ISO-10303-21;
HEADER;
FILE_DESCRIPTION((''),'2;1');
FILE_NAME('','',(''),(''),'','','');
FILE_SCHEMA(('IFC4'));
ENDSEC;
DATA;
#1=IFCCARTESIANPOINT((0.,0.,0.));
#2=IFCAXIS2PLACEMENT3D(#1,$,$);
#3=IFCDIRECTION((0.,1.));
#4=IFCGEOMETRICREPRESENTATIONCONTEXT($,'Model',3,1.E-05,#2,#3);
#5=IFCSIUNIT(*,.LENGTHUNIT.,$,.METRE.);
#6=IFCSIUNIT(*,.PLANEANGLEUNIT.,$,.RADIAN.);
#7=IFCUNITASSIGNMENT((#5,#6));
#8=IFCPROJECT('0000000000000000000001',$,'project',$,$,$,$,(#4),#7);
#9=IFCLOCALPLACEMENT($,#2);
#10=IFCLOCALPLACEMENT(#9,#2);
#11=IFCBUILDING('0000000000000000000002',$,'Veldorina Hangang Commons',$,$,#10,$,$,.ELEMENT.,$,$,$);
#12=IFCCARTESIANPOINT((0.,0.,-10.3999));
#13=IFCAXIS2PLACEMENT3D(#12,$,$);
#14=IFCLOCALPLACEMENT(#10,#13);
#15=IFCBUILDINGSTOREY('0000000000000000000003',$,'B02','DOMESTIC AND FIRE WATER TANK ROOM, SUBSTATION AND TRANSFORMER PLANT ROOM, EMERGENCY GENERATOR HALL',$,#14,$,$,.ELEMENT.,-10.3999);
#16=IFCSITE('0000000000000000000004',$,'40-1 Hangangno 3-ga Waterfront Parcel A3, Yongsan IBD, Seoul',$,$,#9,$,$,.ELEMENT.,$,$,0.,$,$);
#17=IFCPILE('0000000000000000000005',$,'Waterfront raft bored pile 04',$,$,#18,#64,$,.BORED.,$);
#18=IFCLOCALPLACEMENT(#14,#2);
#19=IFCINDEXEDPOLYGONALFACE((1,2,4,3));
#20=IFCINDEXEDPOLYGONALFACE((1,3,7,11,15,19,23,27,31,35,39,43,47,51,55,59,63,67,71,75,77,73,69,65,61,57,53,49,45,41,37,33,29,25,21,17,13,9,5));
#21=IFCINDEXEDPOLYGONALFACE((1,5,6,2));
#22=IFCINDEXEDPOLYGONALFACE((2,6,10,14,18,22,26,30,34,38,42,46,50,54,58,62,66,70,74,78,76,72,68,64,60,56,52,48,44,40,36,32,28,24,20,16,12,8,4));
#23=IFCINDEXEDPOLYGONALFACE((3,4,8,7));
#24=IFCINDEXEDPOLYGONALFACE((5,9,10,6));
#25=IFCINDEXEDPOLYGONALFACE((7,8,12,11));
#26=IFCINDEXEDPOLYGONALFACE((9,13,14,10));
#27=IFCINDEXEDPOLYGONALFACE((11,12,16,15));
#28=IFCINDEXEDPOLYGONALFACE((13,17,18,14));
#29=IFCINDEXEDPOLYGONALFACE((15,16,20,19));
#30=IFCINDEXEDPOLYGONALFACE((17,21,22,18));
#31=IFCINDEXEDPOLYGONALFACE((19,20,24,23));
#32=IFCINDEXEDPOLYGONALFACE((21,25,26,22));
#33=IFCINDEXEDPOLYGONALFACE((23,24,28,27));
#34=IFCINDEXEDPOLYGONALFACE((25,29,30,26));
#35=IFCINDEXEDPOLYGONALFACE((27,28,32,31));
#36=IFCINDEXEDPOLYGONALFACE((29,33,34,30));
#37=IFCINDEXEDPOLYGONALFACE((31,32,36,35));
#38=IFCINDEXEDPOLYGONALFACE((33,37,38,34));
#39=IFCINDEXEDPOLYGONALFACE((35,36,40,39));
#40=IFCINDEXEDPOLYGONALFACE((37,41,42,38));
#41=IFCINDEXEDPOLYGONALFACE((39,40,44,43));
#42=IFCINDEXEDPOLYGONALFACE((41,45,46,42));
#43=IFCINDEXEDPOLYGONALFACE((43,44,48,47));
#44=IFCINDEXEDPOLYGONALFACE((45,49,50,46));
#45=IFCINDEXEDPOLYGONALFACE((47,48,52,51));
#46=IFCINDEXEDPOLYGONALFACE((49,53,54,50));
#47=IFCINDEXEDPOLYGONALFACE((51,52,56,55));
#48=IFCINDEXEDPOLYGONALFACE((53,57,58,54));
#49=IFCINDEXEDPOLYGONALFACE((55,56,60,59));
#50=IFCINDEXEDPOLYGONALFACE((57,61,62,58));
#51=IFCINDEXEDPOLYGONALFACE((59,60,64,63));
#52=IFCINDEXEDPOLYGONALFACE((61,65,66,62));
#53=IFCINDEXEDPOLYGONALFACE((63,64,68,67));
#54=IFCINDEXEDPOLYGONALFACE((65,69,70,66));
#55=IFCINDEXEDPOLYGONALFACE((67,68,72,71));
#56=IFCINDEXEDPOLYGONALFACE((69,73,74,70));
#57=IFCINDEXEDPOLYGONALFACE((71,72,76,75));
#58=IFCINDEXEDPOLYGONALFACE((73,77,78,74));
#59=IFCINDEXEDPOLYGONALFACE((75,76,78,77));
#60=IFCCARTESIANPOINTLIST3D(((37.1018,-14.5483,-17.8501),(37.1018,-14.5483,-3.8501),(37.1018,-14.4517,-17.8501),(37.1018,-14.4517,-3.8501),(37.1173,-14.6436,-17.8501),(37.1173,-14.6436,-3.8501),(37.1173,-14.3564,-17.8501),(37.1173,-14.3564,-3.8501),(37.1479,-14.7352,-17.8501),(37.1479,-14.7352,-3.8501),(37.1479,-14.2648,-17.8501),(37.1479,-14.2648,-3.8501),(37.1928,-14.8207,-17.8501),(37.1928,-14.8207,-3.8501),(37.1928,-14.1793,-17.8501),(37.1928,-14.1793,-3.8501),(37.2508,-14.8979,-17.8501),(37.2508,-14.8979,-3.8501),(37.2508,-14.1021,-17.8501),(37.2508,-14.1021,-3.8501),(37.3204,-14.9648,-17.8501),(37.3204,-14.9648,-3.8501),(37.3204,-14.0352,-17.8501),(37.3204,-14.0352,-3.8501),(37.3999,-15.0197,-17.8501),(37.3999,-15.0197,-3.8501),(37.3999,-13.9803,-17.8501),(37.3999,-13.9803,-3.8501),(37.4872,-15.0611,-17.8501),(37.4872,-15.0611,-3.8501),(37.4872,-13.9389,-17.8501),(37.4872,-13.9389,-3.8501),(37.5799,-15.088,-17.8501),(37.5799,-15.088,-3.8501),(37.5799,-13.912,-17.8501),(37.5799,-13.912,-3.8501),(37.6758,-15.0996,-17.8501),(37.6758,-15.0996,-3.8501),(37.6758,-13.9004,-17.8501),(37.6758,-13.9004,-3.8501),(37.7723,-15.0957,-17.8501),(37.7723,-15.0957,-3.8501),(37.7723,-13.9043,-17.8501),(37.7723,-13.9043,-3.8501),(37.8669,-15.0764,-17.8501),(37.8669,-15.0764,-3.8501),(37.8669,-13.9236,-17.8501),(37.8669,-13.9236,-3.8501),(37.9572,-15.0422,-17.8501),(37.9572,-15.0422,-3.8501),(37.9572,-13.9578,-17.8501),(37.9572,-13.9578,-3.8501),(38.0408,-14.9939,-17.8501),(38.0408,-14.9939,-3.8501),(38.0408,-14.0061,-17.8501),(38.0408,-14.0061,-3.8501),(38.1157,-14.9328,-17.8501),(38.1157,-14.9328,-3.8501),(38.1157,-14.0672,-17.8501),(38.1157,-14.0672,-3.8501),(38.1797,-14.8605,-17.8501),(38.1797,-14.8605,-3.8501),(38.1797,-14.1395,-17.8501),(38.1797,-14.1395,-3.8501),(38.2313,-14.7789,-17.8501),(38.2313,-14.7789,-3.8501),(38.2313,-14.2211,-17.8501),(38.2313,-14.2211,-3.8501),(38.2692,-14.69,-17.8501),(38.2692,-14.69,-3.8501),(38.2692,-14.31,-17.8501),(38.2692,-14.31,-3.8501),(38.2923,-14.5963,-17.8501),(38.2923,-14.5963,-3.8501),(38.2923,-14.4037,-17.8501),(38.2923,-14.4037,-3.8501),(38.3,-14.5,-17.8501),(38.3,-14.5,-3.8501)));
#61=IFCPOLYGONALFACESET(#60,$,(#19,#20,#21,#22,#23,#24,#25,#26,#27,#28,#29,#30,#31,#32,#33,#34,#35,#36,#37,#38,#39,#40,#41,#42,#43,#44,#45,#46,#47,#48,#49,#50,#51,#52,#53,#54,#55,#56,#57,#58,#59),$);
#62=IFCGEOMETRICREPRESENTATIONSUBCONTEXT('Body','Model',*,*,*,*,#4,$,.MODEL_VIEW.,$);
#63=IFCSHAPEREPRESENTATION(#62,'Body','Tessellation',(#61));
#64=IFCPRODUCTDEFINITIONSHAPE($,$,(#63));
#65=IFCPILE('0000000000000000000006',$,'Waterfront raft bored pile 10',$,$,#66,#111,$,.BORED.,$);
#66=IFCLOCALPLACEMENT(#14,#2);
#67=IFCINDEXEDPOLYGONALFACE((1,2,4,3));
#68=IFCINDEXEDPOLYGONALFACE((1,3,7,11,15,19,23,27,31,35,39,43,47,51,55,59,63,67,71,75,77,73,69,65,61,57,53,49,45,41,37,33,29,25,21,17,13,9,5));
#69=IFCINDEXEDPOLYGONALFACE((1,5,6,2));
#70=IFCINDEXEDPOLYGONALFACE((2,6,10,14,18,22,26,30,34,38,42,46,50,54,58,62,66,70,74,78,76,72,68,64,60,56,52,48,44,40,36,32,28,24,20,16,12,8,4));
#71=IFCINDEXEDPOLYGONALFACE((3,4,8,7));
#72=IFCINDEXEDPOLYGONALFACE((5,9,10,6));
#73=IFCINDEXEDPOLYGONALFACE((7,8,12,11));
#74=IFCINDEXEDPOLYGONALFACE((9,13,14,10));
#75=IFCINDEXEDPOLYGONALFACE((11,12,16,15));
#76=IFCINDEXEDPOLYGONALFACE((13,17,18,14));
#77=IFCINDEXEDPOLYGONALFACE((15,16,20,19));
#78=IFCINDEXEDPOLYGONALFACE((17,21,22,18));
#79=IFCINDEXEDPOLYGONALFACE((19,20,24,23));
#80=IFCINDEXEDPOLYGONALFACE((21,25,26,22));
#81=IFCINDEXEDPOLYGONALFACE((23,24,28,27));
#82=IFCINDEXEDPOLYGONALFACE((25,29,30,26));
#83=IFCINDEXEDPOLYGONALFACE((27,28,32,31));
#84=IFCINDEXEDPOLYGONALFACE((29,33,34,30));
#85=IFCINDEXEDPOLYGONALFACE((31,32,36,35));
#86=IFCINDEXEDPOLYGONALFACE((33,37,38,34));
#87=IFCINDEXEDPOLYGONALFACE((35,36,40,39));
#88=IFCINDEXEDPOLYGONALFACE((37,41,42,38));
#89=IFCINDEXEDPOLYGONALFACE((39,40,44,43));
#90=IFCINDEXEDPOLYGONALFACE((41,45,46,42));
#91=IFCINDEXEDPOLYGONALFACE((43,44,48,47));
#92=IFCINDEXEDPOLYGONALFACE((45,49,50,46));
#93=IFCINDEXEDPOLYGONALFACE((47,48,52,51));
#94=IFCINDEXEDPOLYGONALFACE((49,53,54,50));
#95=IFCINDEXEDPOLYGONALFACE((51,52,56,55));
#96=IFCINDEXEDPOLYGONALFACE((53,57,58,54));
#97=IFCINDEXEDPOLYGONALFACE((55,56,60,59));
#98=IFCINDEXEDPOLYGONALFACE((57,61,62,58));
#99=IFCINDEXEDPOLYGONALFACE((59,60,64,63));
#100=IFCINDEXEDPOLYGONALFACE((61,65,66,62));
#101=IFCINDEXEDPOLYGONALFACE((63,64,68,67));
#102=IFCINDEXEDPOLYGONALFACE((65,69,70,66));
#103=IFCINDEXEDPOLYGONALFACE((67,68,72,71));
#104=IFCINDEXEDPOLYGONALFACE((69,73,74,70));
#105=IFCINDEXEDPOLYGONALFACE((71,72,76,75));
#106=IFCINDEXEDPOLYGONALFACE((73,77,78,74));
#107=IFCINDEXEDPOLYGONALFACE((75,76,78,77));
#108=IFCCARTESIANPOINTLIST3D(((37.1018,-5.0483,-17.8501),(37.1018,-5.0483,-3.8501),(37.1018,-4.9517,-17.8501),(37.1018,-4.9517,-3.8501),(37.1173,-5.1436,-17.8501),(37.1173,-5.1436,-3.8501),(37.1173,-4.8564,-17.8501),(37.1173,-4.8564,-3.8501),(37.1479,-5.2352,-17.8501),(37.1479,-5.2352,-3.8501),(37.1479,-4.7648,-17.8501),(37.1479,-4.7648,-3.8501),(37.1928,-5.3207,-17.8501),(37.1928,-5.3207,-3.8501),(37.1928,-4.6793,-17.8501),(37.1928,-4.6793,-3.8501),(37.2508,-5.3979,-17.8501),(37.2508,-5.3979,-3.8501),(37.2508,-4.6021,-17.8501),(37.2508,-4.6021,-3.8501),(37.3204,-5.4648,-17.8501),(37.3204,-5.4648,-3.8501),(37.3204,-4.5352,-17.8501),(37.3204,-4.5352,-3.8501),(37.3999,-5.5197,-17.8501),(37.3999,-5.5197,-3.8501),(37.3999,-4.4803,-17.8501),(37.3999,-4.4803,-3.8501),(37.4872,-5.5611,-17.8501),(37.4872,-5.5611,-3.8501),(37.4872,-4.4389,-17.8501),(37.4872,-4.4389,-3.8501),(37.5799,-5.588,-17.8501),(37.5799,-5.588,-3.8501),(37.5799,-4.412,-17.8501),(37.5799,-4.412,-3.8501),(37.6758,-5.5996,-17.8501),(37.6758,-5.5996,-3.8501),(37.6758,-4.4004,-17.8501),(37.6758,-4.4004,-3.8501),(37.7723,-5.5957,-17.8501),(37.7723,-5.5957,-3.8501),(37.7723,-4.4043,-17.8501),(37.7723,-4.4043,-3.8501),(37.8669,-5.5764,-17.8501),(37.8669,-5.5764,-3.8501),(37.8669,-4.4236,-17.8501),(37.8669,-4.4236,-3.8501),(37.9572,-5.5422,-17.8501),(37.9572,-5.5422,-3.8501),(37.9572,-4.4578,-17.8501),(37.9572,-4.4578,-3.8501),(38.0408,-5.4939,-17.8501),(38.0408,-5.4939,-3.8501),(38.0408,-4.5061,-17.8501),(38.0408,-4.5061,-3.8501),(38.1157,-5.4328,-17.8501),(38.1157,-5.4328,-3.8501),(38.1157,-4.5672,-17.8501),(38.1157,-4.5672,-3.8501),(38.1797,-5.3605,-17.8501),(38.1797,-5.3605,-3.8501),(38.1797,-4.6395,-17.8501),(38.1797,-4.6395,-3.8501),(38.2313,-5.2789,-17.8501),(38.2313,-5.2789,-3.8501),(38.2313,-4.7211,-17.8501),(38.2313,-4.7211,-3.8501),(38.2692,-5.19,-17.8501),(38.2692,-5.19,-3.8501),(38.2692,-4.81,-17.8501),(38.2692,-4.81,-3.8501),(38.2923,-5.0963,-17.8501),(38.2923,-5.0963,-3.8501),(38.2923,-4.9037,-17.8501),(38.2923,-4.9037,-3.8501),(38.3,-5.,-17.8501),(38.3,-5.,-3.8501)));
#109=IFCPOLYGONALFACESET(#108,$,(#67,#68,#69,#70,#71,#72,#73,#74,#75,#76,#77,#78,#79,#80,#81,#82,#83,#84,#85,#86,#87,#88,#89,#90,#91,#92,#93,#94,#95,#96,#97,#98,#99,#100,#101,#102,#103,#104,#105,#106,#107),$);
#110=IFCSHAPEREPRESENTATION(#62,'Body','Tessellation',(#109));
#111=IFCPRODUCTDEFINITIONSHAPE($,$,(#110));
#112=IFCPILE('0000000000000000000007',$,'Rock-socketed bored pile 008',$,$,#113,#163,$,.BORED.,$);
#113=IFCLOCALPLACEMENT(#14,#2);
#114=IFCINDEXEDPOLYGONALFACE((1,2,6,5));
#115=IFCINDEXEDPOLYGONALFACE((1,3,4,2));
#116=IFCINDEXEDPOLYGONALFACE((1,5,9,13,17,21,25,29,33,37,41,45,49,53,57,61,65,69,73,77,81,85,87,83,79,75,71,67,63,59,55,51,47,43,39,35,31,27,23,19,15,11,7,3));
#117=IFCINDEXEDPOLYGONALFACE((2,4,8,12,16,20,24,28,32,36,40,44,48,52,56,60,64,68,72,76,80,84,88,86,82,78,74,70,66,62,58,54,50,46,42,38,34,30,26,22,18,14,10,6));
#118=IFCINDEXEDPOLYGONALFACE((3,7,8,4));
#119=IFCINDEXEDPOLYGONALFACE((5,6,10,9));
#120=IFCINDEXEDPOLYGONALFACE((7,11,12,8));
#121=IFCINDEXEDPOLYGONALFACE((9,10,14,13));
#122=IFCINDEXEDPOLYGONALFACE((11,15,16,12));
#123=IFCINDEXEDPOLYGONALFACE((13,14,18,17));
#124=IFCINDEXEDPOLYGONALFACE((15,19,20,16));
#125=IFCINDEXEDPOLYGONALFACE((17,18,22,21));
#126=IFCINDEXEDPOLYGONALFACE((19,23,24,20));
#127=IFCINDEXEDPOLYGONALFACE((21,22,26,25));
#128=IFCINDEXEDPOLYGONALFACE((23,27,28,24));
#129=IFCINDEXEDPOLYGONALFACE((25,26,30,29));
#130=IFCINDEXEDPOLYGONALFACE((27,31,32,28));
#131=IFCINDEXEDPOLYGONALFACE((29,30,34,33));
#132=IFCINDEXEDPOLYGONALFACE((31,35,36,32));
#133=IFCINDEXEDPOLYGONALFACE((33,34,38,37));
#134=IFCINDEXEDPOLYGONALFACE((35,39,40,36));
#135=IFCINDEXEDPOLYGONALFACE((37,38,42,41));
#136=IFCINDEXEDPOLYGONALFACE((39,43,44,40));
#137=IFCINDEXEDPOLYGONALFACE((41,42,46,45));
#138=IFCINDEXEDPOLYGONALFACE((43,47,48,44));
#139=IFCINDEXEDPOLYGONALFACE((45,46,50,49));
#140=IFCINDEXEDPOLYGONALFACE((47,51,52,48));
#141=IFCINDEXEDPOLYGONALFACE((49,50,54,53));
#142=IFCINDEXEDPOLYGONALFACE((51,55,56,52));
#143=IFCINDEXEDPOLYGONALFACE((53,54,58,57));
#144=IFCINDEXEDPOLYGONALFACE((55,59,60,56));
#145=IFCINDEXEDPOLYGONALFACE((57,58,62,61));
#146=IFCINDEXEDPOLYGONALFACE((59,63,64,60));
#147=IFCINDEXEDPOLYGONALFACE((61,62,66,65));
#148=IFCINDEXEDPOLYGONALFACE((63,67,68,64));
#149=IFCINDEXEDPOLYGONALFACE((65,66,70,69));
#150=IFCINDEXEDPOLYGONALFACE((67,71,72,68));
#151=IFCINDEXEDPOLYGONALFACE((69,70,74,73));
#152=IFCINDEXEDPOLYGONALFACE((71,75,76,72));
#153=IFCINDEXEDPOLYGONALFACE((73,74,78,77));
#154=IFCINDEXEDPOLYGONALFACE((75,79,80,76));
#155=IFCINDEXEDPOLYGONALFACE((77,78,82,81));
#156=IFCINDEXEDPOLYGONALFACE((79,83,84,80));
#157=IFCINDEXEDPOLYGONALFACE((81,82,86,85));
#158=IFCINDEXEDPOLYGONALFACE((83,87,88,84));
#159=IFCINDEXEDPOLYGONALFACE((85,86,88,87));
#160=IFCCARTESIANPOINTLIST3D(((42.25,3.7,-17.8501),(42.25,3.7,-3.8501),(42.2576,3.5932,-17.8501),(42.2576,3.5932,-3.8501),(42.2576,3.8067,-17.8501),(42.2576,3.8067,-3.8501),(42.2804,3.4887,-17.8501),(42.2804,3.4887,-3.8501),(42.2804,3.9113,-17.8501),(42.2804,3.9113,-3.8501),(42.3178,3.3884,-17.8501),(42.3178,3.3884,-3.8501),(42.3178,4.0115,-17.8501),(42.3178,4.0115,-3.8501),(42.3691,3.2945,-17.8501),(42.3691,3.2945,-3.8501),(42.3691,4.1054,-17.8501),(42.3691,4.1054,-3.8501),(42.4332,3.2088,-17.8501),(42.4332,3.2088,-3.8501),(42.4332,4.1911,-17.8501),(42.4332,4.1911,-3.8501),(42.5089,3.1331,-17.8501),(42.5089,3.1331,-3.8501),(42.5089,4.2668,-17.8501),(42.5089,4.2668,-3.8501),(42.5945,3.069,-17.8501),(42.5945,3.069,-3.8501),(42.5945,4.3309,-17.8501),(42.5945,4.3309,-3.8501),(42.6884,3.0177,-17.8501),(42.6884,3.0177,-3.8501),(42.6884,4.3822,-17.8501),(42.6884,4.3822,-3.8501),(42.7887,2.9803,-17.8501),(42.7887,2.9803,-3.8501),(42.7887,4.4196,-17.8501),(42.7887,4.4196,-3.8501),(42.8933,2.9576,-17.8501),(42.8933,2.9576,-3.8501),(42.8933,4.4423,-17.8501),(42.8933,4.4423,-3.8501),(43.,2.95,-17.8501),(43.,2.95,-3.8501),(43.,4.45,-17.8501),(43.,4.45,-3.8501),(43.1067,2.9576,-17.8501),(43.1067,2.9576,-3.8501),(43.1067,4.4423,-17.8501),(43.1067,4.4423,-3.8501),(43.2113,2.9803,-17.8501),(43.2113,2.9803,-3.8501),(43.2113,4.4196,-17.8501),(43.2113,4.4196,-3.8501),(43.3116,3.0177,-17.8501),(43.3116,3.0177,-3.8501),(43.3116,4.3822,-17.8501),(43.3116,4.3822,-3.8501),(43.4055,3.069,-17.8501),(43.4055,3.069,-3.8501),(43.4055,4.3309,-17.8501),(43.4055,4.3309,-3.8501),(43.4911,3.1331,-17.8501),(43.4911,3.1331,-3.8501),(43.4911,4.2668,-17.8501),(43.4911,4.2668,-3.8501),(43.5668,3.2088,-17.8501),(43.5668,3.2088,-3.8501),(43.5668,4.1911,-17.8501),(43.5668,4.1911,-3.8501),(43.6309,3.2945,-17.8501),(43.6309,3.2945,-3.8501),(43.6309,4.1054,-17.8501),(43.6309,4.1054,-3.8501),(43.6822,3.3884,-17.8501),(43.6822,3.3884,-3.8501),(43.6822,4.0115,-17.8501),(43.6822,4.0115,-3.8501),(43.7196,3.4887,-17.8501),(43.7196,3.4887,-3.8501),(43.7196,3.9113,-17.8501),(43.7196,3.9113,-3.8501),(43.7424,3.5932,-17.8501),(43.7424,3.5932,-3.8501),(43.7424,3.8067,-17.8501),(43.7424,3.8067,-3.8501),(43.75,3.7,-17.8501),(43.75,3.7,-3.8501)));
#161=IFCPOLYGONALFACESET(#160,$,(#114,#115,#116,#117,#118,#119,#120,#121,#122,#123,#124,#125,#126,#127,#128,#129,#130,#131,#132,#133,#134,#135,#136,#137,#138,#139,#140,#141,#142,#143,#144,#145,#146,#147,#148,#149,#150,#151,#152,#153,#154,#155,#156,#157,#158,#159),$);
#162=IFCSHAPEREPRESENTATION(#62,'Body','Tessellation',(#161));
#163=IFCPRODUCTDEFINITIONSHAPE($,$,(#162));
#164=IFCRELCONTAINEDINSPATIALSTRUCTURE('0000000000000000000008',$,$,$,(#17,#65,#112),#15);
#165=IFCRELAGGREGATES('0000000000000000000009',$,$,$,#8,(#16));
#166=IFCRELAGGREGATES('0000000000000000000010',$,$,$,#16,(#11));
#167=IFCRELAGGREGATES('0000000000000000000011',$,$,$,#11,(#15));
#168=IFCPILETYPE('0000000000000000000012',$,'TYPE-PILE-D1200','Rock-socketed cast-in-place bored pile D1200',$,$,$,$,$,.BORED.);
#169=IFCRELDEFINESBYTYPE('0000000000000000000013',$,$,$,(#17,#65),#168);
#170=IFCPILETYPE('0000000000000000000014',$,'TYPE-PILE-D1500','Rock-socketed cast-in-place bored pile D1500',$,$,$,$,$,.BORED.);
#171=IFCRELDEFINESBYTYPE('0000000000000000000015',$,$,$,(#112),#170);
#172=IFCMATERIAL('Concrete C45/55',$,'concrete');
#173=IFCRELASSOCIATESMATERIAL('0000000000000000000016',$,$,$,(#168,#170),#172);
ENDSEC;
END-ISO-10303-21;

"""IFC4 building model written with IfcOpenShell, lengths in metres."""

from ifc_helpers import new_model, si_unit, direction, frame, origin, origin_2d, place, context, subcontext, project, spatial, circle, extrude, material, material_profile, profile_set, type_object, element, save


model = new_model("IFC4")

# Units and contexts
model_context = context("Model", 3, precision=1e-05, world=origin(), true_north=direction((0.0, 1.0)))
body_context = subcontext(model_context, "Body", "Model", "MODEL_VIEW")
ifc_project = project(units=[si_unit("LENGTHUNIT", "METRE"), si_unit("PLANEANGLEUNIT", "RADIAN")], contexts=[model_context])

# Site, building, storey
site_placement = place(None, origin())
site = spatial("IfcSite", under=ifc_project, at=site_placement, Name="40-1 Hangangno 3-ga Waterfront Parcel A3, Yongsan IBD, Seoul", CompositionType="ELEMENT", RefElevation=0.0)
building_placement = place(site_placement, origin())
building = spatial("IfcBuilding", under=site, at=building_placement, Name="Veldorina Hangang Commons", CompositionType="ELEMENT")
storey_placement = place(building_placement, frame((0.0, 0.0, -10.3999)))
storey = spatial("IfcBuildingStorey", under=building, at=storey_placement, Name="B02", Description="DOMESTIC AND FIRE WATER TANK ROOM, SUBSTATION AND TRANSFORMER PLANT ROOM, EMERGENCY GENERATOR HALL", CompositionType="ELEMENT", Elevation=-10.3999)

# Piles
ifc_material_1 = material(Name="Concrete C45/55", Category="concrete")
ifc_material_profile_1 = material_profile(ifc_material_1, circle(Radius=0.6001, at=origin_2d()), Name="PILE-D1200")
ifc_profile_set_1 = profile_set([ifc_material_profile_1], Name="Concrete C45/55")
pile_type_1 = type_object("IfcPileType", Name="TYPE-PILE-D1200", Description="Rock-socketed cast-in-place bored pile D1200", PredefinedType="BORED", material=ifc_profile_set_1)
for number, where, z_axis, x_axis, name in (
    (1, (37.7, -14.5, -3.8501), (0.0, 0.0, -1.0), (1.0, 0.0, 0.0), "Waterfront raft bored pile 04"),
    (2, (37.7, -5.0, -3.8501), (0.0, 0.0, -1.0), (1.0, 0.0, 0.0), "Waterfront raft bored pile 10"),
):
    element("IfcPile", number, at=place(storey_placement, frame(where, z_axis=z_axis, x_axis=x_axis)), inside=storey, type_object=pile_type_1, Name=name, PredefinedType="BORED", context=body_context, shape_type="SweptSolid", body=[
        extrude(circle(Radius=0.6001, at=origin_2d()), origin(), (0.0, 0.0, 1.0), 14.0),
    ])
ifc_material_profile_2 = material_profile(ifc_material_1, circle(Radius=0.75, at=origin_2d()), Name="PILE-D1500")
ifc_profile_set_2 = profile_set([ifc_material_profile_2], Name="Concrete C45/55")
pile_type_2 = type_object("IfcPileType", Name="TYPE-PILE-D1500", Description="Rock-socketed cast-in-place bored pile D1500", PredefinedType="BORED", material=ifc_profile_set_2)
pile_placement = place(storey_placement, frame((43.0, 3.7, -3.8501), z_axis=(0.0, 0.0, -1.0), x_axis=(1.0, 0.0, 0.0)))
element("IfcPile", 3, at=pile_placement, inside=storey, type_object=pile_type_2, Name="Rock-socketed bored pile 008", PredefinedType="BORED", context=body_context, shape_type="SweptSolid", body=[
    extrude(circle(Radius=0.75, at=origin_2d()), origin(), (0.0, 0.0, 1.0), 14.0),
])

save(model, "model.ifc")
